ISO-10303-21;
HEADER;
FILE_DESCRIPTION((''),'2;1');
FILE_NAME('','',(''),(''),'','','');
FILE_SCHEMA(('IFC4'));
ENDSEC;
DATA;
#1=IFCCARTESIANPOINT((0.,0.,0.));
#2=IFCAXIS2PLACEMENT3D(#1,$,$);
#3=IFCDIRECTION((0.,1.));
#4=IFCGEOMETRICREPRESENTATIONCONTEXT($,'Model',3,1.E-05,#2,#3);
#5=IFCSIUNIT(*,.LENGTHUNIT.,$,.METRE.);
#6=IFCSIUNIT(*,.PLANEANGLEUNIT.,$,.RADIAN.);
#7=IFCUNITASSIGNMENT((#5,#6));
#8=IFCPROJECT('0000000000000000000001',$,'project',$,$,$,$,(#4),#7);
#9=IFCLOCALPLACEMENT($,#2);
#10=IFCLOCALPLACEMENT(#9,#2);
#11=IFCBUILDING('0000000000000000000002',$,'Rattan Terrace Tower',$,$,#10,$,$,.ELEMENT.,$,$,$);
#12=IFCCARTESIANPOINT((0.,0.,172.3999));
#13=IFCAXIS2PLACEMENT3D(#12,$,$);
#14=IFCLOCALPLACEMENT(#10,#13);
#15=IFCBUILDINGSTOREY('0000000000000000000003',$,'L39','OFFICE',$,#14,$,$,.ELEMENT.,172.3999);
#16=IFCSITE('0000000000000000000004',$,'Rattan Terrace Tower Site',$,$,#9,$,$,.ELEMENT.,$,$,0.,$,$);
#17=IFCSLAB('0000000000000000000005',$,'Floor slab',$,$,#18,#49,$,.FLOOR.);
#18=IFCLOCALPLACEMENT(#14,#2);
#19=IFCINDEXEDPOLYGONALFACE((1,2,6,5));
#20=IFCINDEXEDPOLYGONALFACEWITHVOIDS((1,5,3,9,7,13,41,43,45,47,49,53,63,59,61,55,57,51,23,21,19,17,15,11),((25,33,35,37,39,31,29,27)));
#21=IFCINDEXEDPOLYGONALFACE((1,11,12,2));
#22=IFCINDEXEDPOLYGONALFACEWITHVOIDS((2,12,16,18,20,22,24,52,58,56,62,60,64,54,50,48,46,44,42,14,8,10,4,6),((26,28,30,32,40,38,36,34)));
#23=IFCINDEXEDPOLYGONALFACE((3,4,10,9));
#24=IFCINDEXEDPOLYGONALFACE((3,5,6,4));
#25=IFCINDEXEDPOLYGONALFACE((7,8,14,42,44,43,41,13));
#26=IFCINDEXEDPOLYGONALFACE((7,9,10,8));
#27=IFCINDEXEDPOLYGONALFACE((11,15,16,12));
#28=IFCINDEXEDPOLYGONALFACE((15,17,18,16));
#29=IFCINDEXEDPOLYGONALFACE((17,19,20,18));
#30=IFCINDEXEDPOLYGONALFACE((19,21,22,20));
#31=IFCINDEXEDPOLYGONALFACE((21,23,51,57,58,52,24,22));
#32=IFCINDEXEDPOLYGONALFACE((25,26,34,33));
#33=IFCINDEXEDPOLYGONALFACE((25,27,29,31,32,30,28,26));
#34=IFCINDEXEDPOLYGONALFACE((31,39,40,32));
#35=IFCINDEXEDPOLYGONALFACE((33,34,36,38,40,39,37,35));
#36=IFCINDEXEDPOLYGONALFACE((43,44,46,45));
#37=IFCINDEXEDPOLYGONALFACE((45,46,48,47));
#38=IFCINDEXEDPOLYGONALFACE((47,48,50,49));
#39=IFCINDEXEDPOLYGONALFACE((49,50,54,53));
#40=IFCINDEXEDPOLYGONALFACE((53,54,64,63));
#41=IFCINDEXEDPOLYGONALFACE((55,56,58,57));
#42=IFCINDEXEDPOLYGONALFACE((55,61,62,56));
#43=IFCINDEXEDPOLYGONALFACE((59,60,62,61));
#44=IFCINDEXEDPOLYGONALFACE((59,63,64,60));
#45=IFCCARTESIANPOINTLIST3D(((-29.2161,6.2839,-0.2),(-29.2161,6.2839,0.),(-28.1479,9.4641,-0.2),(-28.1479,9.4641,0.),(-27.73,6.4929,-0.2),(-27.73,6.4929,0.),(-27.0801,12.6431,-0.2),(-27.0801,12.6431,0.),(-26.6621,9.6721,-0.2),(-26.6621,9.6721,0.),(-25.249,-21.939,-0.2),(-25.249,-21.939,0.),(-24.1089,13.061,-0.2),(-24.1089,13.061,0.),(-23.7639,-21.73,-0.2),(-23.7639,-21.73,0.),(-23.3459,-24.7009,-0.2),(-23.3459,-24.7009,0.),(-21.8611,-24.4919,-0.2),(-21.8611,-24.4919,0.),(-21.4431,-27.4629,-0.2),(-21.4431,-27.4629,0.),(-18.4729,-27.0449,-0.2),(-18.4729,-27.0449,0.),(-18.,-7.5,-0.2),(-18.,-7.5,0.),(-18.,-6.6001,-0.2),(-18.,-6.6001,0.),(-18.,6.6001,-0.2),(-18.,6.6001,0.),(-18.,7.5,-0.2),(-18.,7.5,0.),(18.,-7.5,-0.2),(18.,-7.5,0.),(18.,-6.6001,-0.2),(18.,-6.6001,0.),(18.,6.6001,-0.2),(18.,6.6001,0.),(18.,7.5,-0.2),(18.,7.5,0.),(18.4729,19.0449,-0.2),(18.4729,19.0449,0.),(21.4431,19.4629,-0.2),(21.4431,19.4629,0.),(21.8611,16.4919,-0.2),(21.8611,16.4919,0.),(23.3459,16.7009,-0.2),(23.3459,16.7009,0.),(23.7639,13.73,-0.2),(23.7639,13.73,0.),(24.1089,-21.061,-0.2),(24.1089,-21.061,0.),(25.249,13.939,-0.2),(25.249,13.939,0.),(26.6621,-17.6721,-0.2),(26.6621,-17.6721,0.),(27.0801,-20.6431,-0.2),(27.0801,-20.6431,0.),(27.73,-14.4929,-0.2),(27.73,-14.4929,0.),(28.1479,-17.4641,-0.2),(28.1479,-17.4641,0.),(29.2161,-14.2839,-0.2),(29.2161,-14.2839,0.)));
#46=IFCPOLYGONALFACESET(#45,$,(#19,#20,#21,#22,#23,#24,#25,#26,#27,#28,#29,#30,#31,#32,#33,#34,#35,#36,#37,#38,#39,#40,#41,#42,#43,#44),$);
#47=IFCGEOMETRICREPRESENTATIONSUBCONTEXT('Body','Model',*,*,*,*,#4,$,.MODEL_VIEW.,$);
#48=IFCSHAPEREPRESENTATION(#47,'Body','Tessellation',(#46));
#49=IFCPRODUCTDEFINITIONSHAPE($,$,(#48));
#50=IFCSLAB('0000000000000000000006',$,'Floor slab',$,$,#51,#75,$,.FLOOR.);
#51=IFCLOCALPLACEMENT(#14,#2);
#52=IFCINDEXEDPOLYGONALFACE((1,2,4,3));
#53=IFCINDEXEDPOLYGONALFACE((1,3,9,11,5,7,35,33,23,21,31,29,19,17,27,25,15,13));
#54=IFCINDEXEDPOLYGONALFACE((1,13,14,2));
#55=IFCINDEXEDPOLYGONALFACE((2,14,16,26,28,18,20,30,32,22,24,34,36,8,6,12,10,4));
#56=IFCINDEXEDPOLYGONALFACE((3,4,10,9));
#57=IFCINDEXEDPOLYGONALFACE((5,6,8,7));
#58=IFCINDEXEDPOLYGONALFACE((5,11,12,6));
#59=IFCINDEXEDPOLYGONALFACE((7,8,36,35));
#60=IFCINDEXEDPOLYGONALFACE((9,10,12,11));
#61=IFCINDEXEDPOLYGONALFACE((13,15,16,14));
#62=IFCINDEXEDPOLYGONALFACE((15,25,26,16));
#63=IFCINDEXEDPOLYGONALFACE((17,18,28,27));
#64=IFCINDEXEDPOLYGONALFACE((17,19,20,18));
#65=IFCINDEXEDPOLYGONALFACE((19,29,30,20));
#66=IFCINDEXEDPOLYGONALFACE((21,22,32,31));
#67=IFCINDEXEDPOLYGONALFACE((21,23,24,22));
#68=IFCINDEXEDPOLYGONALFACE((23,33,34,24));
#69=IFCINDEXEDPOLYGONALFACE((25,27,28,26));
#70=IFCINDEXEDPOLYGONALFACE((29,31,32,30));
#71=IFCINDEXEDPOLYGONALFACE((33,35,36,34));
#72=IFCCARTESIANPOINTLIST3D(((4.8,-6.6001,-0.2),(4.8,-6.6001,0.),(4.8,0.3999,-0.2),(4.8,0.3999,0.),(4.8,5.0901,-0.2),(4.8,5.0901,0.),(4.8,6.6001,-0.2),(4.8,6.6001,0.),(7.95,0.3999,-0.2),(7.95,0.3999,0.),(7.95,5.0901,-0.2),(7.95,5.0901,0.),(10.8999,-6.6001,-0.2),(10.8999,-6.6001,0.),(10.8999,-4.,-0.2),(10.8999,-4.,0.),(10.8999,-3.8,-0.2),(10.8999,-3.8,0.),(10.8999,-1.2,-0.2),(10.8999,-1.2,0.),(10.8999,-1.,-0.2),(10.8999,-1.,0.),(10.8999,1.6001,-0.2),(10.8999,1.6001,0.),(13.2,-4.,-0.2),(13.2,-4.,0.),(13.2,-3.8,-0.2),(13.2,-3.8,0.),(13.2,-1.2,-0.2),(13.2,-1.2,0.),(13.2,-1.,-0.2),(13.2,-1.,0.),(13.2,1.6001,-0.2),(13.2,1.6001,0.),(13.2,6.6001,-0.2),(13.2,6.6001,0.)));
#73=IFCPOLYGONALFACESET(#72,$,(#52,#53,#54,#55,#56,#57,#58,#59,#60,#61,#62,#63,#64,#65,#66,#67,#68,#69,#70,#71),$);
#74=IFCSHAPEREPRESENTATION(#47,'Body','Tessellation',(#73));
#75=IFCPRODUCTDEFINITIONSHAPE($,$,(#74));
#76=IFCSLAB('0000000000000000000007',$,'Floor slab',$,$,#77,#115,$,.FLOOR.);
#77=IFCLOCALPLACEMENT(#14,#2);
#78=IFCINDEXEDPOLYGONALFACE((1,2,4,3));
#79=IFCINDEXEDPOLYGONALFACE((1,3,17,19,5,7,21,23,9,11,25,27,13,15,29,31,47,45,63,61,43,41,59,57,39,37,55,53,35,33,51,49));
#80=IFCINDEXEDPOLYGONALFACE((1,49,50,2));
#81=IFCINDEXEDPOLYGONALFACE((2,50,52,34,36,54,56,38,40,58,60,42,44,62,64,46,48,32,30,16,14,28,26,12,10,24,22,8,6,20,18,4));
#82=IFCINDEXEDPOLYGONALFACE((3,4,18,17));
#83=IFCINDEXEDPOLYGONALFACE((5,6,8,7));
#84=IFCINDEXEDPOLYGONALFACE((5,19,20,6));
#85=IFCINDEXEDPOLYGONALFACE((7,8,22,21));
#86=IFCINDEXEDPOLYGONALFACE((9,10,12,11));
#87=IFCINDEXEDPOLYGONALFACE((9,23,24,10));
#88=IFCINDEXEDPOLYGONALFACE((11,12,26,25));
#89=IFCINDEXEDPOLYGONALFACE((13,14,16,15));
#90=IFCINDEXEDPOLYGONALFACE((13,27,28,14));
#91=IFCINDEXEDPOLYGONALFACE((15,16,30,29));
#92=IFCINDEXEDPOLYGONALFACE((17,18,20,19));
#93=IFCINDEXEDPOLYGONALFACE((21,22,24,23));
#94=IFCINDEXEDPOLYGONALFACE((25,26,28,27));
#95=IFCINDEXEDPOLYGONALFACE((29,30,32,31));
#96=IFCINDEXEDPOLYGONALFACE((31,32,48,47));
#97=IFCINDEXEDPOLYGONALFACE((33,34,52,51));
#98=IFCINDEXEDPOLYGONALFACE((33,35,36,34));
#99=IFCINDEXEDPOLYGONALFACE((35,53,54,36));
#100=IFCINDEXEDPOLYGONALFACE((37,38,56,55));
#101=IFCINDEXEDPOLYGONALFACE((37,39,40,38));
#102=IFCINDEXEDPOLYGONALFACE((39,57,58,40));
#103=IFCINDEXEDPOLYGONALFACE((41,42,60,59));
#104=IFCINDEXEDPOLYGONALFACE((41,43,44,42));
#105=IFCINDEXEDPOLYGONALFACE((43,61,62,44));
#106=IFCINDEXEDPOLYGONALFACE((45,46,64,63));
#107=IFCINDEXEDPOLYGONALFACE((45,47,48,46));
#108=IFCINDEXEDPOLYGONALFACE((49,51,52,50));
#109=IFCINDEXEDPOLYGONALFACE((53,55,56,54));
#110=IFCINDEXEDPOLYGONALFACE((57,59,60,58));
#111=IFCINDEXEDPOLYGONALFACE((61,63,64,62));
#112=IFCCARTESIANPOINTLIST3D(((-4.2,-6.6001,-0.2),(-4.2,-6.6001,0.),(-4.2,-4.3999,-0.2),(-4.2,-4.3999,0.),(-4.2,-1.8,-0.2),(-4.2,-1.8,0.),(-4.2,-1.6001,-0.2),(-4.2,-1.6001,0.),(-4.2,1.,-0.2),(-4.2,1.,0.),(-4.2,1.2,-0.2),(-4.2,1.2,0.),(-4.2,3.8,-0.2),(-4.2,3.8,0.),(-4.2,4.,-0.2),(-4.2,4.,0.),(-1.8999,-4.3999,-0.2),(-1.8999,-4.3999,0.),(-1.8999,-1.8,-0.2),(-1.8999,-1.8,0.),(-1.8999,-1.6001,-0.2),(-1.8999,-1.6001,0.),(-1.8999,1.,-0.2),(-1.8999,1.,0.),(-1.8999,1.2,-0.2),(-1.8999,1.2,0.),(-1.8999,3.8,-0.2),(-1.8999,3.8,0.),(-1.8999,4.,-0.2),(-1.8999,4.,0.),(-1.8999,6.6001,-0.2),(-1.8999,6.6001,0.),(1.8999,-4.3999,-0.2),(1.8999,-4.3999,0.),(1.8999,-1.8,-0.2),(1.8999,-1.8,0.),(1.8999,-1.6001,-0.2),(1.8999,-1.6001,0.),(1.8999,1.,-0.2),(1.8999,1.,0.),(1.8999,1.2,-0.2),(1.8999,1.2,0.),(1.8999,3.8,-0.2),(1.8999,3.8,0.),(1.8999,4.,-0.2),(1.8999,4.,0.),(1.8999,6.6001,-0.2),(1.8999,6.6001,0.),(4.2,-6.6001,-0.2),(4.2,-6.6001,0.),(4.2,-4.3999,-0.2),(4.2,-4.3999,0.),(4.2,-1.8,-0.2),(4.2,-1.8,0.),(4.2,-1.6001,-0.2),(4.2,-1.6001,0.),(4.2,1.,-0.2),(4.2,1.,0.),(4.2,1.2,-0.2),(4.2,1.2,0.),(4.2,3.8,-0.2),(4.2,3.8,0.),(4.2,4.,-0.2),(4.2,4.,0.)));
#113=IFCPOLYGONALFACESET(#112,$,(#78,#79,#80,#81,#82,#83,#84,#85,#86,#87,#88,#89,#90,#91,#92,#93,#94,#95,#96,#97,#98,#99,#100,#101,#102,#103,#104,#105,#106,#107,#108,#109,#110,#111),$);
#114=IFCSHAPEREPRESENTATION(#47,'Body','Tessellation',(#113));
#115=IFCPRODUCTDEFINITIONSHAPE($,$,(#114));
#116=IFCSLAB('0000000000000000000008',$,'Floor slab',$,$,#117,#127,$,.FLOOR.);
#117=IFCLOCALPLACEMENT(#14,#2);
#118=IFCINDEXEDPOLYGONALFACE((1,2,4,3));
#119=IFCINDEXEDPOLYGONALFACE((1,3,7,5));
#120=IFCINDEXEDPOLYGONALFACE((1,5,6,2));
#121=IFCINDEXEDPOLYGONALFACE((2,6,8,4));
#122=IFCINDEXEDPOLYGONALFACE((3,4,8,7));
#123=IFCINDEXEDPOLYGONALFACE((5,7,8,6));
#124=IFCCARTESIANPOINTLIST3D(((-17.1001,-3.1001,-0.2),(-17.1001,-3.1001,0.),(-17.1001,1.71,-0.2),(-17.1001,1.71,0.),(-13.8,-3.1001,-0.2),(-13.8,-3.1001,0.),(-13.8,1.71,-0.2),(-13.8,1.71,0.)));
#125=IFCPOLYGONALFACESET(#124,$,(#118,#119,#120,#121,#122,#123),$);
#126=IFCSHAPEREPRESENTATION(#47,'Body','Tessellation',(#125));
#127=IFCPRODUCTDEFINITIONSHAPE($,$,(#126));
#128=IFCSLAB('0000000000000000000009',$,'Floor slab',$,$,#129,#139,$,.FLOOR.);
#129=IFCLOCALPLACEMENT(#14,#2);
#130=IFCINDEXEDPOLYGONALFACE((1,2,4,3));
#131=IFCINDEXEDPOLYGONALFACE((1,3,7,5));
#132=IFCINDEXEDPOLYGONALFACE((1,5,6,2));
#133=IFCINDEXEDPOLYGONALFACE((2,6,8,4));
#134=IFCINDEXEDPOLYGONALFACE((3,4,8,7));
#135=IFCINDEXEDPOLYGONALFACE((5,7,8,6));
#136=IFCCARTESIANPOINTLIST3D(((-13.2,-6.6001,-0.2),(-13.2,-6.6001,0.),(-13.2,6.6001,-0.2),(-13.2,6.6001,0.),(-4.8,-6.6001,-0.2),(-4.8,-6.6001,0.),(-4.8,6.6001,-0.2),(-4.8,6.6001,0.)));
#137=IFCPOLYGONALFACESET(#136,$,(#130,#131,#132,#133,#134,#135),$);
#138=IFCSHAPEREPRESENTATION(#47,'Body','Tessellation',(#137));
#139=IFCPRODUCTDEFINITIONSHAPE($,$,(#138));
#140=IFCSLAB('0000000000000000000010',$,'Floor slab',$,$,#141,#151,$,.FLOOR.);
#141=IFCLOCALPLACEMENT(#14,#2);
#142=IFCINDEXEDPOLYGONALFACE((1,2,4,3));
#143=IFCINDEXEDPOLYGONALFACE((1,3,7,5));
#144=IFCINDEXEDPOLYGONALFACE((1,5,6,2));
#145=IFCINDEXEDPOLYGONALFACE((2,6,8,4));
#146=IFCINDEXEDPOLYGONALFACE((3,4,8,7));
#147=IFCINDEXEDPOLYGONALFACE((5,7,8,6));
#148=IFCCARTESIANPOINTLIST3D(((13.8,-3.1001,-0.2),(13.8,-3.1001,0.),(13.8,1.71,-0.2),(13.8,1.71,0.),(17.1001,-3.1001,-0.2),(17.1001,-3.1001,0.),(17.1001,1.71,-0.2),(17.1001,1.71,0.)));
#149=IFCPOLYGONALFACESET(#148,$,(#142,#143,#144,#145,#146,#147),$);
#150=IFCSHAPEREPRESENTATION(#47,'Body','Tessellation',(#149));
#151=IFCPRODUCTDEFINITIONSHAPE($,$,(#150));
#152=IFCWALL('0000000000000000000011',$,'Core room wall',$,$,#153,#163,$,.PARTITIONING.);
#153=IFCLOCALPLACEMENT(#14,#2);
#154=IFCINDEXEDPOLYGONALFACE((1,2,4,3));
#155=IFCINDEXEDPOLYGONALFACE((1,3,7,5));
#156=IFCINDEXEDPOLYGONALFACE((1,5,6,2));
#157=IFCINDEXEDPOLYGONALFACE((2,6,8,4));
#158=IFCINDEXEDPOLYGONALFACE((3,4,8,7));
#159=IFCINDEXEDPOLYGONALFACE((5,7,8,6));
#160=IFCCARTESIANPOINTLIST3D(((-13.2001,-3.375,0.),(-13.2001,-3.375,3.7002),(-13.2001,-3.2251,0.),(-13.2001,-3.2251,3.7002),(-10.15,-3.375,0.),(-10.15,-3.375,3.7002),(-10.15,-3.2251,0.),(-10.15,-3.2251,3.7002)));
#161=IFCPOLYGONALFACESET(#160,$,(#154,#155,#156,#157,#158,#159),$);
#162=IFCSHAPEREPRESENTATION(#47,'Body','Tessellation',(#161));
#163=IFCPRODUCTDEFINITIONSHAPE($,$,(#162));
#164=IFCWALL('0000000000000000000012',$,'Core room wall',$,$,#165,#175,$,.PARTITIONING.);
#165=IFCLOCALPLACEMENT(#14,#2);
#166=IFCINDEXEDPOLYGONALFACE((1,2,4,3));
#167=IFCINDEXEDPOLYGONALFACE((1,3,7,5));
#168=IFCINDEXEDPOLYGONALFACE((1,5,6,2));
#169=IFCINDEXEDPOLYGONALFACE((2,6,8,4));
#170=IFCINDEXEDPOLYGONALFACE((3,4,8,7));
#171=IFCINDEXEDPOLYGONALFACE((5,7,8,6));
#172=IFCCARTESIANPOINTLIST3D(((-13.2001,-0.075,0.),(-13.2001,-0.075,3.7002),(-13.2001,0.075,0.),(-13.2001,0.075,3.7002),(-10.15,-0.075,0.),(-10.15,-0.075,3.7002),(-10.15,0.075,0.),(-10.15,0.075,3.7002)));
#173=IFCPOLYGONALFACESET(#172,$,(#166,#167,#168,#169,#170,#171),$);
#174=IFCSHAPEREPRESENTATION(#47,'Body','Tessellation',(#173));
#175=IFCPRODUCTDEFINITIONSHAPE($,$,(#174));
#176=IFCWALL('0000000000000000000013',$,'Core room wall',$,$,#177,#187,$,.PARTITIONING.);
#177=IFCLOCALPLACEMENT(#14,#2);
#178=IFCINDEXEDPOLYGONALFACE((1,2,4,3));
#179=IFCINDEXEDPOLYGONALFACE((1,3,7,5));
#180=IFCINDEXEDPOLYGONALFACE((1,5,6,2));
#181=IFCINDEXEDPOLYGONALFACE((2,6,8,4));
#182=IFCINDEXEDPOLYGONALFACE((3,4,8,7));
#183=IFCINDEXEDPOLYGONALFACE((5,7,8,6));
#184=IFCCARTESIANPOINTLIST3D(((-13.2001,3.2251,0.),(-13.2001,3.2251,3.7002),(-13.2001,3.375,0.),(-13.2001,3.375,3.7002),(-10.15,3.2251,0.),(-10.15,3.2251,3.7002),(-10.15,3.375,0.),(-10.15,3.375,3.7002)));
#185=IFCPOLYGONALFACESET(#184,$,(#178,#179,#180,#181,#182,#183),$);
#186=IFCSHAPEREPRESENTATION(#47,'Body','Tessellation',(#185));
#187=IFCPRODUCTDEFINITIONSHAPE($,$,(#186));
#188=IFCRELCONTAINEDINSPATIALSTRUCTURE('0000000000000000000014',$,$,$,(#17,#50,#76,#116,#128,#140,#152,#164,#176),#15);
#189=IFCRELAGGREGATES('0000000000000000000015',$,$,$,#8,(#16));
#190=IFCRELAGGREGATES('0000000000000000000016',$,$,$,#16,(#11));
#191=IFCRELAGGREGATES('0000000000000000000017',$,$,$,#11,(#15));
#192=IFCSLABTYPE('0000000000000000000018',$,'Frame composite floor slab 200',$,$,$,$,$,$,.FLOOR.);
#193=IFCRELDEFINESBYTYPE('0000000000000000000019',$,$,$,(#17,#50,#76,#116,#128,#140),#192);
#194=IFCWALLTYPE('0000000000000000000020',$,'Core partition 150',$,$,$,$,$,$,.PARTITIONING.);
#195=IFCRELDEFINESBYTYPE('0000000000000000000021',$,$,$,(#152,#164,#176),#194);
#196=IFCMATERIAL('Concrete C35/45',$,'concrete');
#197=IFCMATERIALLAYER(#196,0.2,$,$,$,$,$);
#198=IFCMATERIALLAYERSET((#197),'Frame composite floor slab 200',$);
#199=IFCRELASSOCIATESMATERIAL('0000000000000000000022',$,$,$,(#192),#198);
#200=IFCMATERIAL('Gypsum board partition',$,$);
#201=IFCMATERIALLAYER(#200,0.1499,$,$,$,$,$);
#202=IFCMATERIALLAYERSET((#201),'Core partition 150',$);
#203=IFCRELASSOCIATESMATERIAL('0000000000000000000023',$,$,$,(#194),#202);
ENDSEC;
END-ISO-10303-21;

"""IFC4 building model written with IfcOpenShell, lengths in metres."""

from ifc_helpers import new_model, si_unit, direction, frame, frame_2d, origin, place, context, subcontext, project, spatial, polyline, rectangle, outline, extrude, material, layer, layer_set, type_object, element, save


model = new_model("IFC4")

# Units and contexts
model_context = context("Model", 3, precision=1e-05, world=origin(), true_north=direction((0.0, 1.0)))
body_context = subcontext(model_context, "Body", "Model", "MODEL_VIEW")
ifc_project = project(units=[si_unit("LENGTHUNIT", "METRE"), si_unit("PLANEANGLEUNIT", "RADIAN")], contexts=[model_context])

# Site, building, storey
site_placement = place(None, origin())
site = spatial("IfcSite", under=ifc_project, at=site_placement, Name="Rattan Terrace Tower Site", CompositionType="ELEMENT", RefElevation=0.0)
building_placement = place(site_placement, origin())
building = spatial("IfcBuilding", under=site, at=building_placement, Name="Rattan Terrace Tower", CompositionType="ELEMENT")
storey_placement = place(building_placement, frame((0.0, 0.0, 172.3999)))
storey = spatial("IfcBuildingStorey", under=building, at=storey_placement, Name="L39", Description="OFFICE", CompositionType="ELEMENT", Elevation=172.3999)

# Slabs
ifc_material_1 = material(Name="Concrete C35/45", Category="concrete")
ifc_layer_1 = layer(ifc_material_1, 0.2)
ifc_layer_set_1 = layer_set([ifc_layer_1], Name="Frame composite floor slab 200")
slab_type = type_object("IfcSlabType", Name="Frame composite floor slab 200", PredefinedType="FLOOR", material=ifc_layer_set_1)
slab_1_placement = place(storey_placement, frame((0.0, 0.0, -0.2)))
element("IfcSlab", 1, at=slab_1_placement, inside=storey, type_object=slab_type, Name="Floor slab", PredefinedType="FLOOR", context=body_context, shape_type="SweptSolid", body=[
    extrude(outline(polyline([(-18.4729, -27.0449), (24.1089, -21.061), (27.0801, -20.6431), (26.6621, -17.6721), (28.1479, -17.4641), (27.73, -14.4929), (29.2161, -14.2839), (25.249, 13.939), (23.7639, 13.73), (23.3459, 16.7009), (21.8611, 16.4919), (21.4431, 19.4629), (18.4729, 19.0449), (-24.1089, 13.061), (-27.0801, 12.6431), (-26.6621, 9.6721), (-28.1479, 9.4641), (-27.73, 6.4929), (-29.2161, 6.2839), (-25.249, -21.939), (-23.7639, -21.73), (-23.3459, -24.7009), (-21.8611, -24.4919), (-21.4431, -27.4629), (-18.4729, -27.0449)]), holes=[polyline([(-18.0, -7.5), (18.0, -7.5), (18.0, -6.6001), (18.0, 6.6001), (18.0, 7.5), (-18.0, 7.5), (-18.0, 6.6001), (-18.0, -6.6001), (-18.0, -7.5)])]), origin(), (0.0, 0.0, 1.0), 0.2),
])
slab_2_placement = place(storey_placement, frame((0.0, 0.0, -0.2)))
element("IfcSlab", 2, at=slab_2_placement, inside=storey, type_object=slab_type, Name="Floor slab", PredefinedType="FLOOR", context=body_context, shape_type="SweptSolid", body=[
    extrude(outline(polyline([(13.2, 6.6001), (4.8, 6.6001), (4.8, 5.0901), (7.95, 5.0901), (7.95, 0.3999), (4.8, 0.3999), (4.8, -6.6001), (10.8999, -6.6001), (10.8999, -4.0), (13.2, -4.0), (13.2, -3.8), (10.8999, -3.8), (10.8999, -1.2), (13.2, -1.2), (13.2, -1.0), (10.8999, -1.0), (10.8999, 1.6001), (13.2, 1.6001), (13.2, 6.6001)])), origin(), (0.0, 0.0, 1.0), 0.2),
])
slab_3_placement = place(storey_placement, frame((0.0, 0.0, -0.2)))
element("IfcSlab", 3, at=slab_3_placement, inside=storey, type_object=slab_type, Name="Floor slab", PredefinedType="FLOOR", context=body_context, shape_type="SweptSolid", body=[
    extrude(outline(polyline([(1.8999, 6.6001), (-1.8999, 6.6001), (-1.8999, 4.0), (-4.2, 4.0), (-4.2, 3.8), (-1.8999, 3.8), (-1.8999, 1.2), (-4.2, 1.2), (-4.2, 1.0), (-1.8999, 1.0), (-1.8999, -1.6001), (-4.2, -1.6001), (-4.2, -1.8), (-1.8999, -1.8), (-1.8999, -4.3999), (-4.2, -4.3999), (-4.2, -6.6001), (4.2, -6.6001), (4.2, -4.3999), (1.8999, -4.3999), (1.8999, -1.8), (4.2, -1.8), (4.2, -1.6001), (1.8999, -1.6001), (1.8999, 1.0), (4.2, 1.0), (4.2, 1.2), (1.8999, 1.2), (1.8999, 3.8), (4.2, 3.8), (4.2, 4.0), (1.8999, 4.0), (1.8999, 6.6001)])), origin(), (0.0, 0.0, 1.0), 0.2),
])
slab_4_placement = place(storey_placement, frame((0.0, 0.0, -0.2)))
element("IfcSlab", 4, at=slab_4_placement, inside=storey, type_object=slab_type, Name="Floor slab", PredefinedType="FLOOR", context=body_context, shape_type="SweptSolid", body=[
    extrude(outline(polyline([(-17.1001, -3.1001), (-13.8, -3.1001), (-13.8, 1.71), (-17.1001, 1.71), (-17.1001, -3.1001)])), origin(), (0.0, 0.0, 1.0), 0.2),
])
slab_5_placement = place(storey_placement, frame((0.0, 0.0, -0.2)))
element("IfcSlab", 5, at=slab_5_placement, inside=storey, type_object=slab_type, Name="Floor slab", PredefinedType="FLOOR", context=body_context, shape_type="SweptSolid", body=[
    extrude(outline(polyline([(-4.8, -6.6001), (-4.8, 6.6001), (-13.2, 6.6001), (-13.2, -6.6001), (-4.8, -6.6001)])), origin(), (0.0, 0.0, 1.0), 0.2),
])
slab_6_placement = place(storey_placement, frame((0.0, 0.0, -0.2)))
element("IfcSlab", 6, at=slab_6_placement, inside=storey, type_object=slab_type, Name="Floor slab", PredefinedType="FLOOR", context=body_context, shape_type="SweptSolid", body=[
    extrude(outline(polyline([(13.8, -3.1001), (17.1001, -3.1001), (17.1001, 1.71), (13.8, 1.71), (13.8, -3.1001)])), origin(), (0.0, 0.0, 1.0), 0.2),
])

# Walls
ifc_material_2 = material(Name="Gypsum board partition")
ifc_layer_2 = layer(ifc_material_2, 0.1499)
ifc_layer_set_2 = layer_set([ifc_layer_2], Name="Core partition 150")
wall_type_1 = type_object("IfcWallType", Name="Core partition 150", PredefinedType="PARTITIONING", material=ifc_layer_set_2)
for number, where, z_axis, x_axis, name in (
    (7, (-13.2, -3.3, 0.0), (0.0, 0.0, 1.0), (1.0, 0.0, 0.0), "Core room wall"),
    (8, (-13.2, 0.0, 0.0), (0.0, 0.0, 1.0), (1.0, 0.0, 0.0), "Core room wall"),
    (9, (-13.2, 3.3, 0.0), (0.0, 0.0, 1.0), (1.0, 0.0, 0.0), "Core room wall"),
):
    element("IfcWall", number, at=place(storey_placement, frame(where, z_axis=z_axis, x_axis=x_axis)), inside=storey, type_object=wall_type_1, Name=name, PredefinedType="PARTITIONING", context=body_context, shape_type="SweptSolid", body=[
        extrude(rectangle(XDim=3.05, YDim=0.1499, at=frame_2d((1.5249, 0.0))), origin(), (0.0, 0.0, 1.0), 3.7002),
    ])

save(model, "model.ifc")
